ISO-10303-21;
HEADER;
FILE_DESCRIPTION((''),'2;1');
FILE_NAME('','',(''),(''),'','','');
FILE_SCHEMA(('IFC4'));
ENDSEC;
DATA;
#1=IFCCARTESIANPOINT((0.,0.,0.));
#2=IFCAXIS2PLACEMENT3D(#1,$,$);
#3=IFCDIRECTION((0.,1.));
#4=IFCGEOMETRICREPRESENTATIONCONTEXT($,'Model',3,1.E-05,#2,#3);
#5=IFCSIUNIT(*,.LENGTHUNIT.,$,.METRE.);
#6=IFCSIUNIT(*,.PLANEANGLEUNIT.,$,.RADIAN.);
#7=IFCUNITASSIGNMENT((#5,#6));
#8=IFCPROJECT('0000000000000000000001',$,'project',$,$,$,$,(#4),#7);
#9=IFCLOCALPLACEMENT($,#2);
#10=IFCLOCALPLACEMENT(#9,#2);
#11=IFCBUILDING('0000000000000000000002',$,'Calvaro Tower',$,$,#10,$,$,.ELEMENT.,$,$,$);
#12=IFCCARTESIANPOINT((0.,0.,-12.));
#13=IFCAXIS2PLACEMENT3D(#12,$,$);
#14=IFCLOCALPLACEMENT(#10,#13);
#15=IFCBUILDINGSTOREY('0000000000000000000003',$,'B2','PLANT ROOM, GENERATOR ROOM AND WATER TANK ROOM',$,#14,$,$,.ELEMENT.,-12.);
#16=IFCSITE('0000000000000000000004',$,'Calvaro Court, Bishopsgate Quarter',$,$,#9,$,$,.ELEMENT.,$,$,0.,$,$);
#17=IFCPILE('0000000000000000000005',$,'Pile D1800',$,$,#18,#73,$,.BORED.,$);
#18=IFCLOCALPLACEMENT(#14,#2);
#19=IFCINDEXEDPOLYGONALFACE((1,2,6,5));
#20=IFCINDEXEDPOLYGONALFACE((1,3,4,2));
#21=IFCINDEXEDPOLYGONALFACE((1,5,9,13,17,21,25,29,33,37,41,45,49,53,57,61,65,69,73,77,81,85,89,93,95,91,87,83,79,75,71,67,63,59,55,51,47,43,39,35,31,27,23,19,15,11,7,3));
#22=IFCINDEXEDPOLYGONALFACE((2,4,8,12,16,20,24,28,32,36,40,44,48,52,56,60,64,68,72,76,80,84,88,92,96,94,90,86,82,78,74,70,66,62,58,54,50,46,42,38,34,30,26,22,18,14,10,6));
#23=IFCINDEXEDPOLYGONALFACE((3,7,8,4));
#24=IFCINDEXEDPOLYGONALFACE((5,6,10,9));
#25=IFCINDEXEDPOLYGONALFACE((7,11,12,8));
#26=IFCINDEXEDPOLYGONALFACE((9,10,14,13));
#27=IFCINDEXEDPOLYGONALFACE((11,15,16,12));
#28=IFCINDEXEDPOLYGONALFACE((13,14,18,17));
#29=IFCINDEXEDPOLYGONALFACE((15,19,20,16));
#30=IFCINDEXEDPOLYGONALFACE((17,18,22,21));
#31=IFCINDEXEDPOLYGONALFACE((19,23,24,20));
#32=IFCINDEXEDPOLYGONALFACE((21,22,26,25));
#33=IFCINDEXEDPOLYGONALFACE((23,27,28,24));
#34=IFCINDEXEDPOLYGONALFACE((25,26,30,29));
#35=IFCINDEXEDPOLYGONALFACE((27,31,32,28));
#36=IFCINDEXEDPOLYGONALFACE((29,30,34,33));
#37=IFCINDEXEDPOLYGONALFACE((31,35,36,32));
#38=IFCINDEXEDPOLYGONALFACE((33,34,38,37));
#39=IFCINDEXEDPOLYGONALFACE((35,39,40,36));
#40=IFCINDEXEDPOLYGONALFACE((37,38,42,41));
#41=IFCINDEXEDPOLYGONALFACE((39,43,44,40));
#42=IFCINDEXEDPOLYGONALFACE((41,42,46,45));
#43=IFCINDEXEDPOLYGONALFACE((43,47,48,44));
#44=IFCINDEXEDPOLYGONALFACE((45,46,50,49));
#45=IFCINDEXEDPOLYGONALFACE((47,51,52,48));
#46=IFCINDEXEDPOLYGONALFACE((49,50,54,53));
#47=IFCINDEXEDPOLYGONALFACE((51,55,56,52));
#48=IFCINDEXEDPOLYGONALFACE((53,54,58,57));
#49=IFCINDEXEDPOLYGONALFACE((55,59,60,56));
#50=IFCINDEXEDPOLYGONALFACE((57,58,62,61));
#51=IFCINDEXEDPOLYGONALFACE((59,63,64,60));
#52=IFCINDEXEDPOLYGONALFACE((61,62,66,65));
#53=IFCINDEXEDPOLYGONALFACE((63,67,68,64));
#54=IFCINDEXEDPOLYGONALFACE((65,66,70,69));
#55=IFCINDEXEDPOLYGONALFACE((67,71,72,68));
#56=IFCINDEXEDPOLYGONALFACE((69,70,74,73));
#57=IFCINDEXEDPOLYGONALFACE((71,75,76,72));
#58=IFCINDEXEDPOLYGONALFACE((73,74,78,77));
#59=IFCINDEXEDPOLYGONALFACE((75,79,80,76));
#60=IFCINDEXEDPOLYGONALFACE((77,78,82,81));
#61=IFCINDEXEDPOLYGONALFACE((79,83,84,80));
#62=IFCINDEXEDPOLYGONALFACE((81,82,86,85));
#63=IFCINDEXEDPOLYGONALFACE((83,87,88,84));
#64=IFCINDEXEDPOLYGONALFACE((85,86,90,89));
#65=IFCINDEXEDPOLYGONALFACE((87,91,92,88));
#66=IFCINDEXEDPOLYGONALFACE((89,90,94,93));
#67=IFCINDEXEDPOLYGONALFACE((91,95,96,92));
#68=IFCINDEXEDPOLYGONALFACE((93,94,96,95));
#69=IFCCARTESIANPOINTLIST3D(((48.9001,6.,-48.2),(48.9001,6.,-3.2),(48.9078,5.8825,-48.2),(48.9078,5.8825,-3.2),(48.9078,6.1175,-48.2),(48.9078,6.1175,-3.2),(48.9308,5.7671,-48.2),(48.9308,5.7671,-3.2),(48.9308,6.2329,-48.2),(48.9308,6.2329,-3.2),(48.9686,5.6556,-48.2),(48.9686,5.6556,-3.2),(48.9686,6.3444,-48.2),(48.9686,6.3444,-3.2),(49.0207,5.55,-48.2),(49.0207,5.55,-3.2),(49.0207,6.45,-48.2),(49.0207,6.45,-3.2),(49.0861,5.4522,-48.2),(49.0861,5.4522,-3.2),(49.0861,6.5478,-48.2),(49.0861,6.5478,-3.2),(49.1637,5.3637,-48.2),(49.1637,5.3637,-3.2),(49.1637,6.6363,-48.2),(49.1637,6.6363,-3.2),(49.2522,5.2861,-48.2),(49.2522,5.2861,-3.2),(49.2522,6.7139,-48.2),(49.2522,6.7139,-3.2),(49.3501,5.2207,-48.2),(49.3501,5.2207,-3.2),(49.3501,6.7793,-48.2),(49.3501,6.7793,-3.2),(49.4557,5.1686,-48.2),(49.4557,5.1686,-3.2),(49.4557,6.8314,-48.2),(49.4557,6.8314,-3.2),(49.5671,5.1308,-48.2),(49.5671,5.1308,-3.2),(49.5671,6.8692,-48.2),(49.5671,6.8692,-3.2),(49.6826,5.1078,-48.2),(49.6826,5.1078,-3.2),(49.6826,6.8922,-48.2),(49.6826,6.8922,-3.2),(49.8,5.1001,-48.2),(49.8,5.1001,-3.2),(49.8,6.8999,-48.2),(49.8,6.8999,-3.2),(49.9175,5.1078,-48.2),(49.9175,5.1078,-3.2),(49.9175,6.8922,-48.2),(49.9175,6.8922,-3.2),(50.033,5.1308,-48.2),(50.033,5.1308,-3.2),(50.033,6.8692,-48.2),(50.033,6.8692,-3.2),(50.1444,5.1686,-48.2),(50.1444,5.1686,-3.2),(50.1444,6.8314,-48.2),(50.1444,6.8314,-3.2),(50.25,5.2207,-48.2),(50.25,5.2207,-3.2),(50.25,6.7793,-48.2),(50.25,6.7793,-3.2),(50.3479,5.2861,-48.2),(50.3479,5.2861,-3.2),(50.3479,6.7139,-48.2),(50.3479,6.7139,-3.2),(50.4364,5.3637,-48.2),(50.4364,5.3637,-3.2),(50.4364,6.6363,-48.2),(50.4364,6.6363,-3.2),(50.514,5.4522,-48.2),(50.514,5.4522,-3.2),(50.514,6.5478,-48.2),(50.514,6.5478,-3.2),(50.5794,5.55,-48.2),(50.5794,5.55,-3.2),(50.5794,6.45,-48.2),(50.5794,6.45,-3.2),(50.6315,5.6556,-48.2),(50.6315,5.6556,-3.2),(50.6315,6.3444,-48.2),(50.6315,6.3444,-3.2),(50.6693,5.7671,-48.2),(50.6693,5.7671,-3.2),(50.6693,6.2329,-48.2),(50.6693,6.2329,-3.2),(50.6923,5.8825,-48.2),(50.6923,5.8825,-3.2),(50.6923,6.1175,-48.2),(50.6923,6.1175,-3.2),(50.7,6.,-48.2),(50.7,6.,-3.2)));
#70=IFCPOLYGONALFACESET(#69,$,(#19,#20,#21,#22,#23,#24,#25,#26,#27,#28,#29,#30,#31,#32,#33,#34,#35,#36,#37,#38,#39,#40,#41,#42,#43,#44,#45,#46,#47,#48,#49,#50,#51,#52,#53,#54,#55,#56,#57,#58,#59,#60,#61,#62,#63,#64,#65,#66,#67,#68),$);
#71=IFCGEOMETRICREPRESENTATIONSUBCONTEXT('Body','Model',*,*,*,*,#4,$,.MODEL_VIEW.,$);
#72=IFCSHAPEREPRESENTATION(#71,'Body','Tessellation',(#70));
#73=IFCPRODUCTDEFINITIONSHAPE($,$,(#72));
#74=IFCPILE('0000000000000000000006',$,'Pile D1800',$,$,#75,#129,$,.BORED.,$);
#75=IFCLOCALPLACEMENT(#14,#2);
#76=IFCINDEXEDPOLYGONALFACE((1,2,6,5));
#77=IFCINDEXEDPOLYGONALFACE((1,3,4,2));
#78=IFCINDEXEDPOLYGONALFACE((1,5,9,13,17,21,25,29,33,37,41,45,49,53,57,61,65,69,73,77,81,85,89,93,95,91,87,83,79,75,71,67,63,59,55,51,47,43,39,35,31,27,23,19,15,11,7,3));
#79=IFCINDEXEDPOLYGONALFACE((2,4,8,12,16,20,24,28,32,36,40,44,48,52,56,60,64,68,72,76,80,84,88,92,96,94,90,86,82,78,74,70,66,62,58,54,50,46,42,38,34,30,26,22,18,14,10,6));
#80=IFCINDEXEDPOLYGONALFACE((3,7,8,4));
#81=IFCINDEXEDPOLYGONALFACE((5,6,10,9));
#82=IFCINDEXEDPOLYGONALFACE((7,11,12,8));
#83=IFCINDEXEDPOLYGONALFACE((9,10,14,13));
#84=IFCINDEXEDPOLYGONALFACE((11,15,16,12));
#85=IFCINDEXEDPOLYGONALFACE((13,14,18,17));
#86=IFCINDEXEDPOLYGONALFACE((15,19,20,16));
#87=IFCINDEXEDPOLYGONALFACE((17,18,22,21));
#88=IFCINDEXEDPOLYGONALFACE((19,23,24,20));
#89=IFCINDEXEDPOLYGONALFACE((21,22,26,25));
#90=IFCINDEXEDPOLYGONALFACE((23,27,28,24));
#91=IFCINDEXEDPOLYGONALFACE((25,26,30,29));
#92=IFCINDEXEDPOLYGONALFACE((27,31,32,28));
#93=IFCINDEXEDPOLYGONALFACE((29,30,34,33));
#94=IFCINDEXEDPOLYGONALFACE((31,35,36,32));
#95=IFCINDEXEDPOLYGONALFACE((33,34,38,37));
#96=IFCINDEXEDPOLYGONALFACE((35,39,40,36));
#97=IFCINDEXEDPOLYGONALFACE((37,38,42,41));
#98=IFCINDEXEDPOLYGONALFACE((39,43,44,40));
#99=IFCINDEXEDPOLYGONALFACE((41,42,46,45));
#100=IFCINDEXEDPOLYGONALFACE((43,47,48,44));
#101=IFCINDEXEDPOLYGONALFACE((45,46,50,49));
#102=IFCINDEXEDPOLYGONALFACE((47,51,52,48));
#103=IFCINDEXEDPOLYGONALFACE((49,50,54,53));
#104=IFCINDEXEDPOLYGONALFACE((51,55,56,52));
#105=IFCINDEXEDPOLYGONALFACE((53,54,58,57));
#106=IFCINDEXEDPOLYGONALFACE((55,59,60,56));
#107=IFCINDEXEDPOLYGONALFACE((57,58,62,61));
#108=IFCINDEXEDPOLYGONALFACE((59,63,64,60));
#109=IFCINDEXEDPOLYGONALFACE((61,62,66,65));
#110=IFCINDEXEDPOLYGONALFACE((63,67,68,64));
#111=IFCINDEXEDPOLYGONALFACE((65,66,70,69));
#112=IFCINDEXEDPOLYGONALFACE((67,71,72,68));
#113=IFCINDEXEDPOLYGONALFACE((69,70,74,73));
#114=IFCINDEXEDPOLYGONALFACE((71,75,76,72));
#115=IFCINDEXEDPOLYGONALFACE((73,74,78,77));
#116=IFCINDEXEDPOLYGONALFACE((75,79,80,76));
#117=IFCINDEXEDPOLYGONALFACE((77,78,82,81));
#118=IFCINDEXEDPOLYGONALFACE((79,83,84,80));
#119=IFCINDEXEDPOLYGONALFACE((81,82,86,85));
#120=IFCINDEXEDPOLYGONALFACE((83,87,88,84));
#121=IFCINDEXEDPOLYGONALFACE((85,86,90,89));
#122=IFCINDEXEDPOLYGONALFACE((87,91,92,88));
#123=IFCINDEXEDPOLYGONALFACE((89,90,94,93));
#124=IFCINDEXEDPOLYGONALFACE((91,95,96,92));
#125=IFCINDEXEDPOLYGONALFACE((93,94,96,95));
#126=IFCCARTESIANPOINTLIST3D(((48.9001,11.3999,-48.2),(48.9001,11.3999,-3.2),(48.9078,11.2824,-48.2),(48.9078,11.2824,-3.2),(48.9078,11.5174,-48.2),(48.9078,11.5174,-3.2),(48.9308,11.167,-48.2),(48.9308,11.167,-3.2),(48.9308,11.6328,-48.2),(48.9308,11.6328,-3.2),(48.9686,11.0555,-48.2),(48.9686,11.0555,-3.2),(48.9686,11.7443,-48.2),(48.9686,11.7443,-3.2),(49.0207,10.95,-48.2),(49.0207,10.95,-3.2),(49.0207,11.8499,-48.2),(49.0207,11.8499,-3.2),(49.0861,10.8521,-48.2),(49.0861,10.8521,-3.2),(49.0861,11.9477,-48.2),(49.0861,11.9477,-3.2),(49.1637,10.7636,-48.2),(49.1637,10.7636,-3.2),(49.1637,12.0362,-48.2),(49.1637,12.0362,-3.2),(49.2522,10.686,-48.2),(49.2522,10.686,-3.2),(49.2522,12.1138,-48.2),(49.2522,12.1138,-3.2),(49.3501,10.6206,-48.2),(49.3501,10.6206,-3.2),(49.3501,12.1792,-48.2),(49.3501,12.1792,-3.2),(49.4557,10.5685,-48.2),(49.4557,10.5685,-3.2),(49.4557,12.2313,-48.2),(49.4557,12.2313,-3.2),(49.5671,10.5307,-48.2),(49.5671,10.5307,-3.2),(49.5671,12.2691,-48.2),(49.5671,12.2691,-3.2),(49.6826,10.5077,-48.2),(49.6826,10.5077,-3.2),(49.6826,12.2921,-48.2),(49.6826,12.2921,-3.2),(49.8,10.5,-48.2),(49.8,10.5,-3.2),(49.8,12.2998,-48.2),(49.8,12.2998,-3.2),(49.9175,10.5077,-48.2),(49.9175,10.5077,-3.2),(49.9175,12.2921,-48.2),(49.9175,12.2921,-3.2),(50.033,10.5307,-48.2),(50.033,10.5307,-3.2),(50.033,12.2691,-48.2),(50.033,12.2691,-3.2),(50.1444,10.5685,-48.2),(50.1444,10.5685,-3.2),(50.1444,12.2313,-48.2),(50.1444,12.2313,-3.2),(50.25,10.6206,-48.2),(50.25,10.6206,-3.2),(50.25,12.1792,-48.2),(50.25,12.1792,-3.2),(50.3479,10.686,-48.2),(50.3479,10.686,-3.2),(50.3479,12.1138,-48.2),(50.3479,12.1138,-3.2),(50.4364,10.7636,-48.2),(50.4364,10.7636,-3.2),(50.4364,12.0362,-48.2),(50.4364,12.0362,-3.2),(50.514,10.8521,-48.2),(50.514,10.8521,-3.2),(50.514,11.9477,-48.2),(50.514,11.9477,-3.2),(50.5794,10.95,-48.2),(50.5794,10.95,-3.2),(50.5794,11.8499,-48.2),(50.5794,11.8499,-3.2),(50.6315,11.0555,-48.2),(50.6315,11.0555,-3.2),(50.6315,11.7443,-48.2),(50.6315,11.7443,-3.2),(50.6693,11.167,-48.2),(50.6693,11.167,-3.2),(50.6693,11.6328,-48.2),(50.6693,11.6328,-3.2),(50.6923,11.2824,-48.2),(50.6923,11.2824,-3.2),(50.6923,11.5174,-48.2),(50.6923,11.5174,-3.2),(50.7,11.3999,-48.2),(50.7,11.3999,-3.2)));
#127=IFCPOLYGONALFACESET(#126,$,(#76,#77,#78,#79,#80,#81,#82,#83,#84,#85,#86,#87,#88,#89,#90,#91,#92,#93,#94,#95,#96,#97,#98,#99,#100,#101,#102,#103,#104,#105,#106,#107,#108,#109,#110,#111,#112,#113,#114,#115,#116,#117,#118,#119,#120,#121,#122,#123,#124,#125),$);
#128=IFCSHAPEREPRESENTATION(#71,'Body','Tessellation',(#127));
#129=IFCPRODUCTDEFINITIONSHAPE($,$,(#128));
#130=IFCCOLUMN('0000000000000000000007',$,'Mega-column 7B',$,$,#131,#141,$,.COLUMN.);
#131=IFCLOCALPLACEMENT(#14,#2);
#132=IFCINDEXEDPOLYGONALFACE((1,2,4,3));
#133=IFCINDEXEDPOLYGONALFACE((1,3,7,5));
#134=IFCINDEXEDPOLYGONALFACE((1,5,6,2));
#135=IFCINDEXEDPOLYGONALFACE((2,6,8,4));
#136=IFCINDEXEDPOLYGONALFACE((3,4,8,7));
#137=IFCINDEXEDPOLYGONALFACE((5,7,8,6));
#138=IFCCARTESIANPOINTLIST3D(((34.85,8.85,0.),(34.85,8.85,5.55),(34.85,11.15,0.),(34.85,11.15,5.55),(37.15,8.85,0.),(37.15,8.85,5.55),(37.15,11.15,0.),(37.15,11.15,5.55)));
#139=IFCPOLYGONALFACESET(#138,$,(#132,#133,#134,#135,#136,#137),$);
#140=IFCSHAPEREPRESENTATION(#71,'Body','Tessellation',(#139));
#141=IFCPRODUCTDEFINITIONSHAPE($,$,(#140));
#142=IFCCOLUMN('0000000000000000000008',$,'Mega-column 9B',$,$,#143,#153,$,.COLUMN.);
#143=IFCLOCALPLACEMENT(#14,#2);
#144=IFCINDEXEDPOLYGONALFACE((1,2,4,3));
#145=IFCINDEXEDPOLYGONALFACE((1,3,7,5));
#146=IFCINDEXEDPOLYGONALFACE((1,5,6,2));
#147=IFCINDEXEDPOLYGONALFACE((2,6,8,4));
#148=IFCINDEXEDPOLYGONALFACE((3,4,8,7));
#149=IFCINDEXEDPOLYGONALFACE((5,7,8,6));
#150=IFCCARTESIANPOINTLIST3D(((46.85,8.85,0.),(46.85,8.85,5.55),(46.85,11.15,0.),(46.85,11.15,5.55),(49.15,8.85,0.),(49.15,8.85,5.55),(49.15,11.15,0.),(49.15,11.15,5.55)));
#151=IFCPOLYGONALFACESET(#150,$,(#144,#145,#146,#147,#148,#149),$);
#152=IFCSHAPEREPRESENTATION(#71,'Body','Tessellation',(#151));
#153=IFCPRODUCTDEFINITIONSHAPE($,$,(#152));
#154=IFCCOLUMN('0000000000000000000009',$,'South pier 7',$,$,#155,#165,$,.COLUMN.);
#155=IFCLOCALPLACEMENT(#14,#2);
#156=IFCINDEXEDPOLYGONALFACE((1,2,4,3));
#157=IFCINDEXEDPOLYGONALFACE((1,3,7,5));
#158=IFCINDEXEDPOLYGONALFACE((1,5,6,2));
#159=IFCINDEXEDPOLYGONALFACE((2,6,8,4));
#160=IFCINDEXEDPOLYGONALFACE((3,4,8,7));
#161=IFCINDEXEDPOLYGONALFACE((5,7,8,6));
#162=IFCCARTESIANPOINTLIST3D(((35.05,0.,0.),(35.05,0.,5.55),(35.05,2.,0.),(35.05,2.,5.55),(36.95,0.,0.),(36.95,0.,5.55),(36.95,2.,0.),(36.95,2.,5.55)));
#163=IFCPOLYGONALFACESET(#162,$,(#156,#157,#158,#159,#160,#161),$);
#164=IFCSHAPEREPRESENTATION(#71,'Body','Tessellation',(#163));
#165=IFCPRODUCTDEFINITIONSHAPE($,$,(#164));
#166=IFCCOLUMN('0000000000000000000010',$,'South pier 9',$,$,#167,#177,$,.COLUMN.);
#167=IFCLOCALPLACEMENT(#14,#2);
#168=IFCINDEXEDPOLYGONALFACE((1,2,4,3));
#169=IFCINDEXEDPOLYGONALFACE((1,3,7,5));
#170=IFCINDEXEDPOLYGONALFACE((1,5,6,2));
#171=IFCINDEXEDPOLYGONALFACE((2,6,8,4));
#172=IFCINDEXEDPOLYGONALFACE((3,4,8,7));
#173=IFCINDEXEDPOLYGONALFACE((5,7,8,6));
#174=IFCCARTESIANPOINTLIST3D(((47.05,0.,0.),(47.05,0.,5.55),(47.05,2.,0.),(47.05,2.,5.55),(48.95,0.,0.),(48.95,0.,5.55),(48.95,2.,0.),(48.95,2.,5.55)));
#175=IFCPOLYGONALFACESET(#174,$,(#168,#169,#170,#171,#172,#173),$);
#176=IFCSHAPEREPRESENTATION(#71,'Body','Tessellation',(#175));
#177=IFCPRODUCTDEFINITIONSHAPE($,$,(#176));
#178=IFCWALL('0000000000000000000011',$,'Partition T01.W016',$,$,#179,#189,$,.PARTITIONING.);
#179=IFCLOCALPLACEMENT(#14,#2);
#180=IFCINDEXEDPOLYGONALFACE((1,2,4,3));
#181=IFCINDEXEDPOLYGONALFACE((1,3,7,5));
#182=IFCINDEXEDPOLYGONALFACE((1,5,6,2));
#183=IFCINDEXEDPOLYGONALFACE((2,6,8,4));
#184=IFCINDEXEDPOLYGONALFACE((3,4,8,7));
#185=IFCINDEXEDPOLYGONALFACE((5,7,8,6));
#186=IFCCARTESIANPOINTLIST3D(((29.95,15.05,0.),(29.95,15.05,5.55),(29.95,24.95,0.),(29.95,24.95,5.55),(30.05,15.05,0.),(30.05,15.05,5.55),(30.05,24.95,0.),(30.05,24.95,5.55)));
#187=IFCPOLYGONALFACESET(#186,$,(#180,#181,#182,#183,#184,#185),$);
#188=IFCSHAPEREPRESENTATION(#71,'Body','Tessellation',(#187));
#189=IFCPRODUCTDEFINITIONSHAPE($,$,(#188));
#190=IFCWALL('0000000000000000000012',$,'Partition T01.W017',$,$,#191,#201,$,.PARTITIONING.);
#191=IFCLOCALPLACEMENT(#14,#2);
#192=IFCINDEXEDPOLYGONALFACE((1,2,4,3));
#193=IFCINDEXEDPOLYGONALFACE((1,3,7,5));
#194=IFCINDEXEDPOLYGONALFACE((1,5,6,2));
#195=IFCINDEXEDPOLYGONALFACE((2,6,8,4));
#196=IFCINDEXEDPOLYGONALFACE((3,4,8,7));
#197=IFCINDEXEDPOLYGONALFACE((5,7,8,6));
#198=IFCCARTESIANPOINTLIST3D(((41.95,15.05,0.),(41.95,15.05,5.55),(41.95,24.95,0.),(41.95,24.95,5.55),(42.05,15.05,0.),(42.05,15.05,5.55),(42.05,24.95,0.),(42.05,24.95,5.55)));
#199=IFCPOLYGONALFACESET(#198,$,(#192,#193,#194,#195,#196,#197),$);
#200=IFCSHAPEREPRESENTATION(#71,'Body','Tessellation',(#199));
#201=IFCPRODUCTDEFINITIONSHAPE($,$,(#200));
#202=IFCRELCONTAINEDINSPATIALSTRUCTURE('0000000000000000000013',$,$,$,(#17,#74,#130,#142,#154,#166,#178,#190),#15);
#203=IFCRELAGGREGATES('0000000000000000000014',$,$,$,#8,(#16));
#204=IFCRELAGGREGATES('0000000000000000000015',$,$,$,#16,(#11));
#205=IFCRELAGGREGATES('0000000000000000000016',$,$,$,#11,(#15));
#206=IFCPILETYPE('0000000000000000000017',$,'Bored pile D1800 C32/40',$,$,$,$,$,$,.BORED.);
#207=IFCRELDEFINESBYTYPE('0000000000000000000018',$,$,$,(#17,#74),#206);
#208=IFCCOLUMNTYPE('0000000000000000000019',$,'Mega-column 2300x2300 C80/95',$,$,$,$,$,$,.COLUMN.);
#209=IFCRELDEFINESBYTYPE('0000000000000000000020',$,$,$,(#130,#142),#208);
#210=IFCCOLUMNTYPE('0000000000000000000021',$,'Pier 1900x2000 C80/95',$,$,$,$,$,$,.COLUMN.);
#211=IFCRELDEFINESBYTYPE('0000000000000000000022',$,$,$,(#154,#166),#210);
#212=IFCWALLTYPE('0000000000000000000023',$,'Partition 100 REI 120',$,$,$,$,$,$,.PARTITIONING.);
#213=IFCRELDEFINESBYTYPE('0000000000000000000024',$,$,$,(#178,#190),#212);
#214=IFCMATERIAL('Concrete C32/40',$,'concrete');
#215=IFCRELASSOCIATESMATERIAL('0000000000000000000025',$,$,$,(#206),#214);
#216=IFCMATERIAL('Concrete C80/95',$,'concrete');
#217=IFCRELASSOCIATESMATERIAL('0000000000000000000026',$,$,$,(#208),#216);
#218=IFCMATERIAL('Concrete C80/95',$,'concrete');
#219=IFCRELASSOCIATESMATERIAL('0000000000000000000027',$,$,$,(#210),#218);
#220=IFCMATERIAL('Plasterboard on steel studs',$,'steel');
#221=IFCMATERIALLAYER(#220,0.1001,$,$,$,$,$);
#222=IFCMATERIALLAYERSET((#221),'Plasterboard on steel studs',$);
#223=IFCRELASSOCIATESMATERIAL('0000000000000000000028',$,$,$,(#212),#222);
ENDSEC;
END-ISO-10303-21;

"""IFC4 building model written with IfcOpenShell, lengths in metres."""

from ifc_helpers import new_model, si_unit, direction, frame, frame_2d, origin, origin_2d, place, context, subcontext, project, spatial, rectangle, circle, extrude, material, layer, layer_set, material_profile, profile_set, type_object, element, save


model = new_model("IFC4")

# Units and contexts
model_context = context("Model", 3, precision=1e-05, world=origin(), true_north=direction((0.0, 1.0)))
body_context = subcontext(model_context, "Body", "Model", "MODEL_VIEW")
ifc_project = project(units=[si_unit("LENGTHUNIT", "METRE"), si_unit("PLANEANGLEUNIT", "RADIAN")], contexts=[model_context])

# Site, building, storey
site_placement = place(None, origin())
site = spatial("IfcSite", under=ifc_project, at=site_placement, Name="Calvaro Court, Bishopsgate Quarter", CompositionType="ELEMENT", RefElevation=0.0)
building_placement = place(site_placement, origin())
building = spatial("IfcBuilding", under=site, at=building_placement, Name="Calvaro Tower", CompositionType="ELEMENT")
storey_placement = place(building_placement, frame((0.0, 0.0, -12.0)))
storey = spatial("IfcBuildingStorey", under=building, at=storey_placement, Name="B2", Description="PLANT ROOM, GENERATOR ROOM AND WATER TANK ROOM", CompositionType="ELEMENT", Elevation=-12.0)

# Piles
ifc_material_1 = material(Name="Concrete C32/40", Category="concrete")
ifc_material_profile_1 = material_profile(ifc_material_1, circle(Radius=0.8999, at=origin_2d()), Name="Bored pile D1800")
ifc_profile_set_1 = profile_set([ifc_material_profile_1], Name="Concrete C32/40")
pile_type = type_object("IfcPileType", Name="Bored pile D1800 C32/40", PredefinedType="BORED", material=ifc_profile_set_1)
for number, where, z_axis, x_axis, name in (
    (1, (49.8, 6.0, -3.2), (0.0, 0.0, -1.0), (1.0, 0.0, 0.0), "Pile D1800"),
    (2, (49.8, 11.3999, -3.2), (0.0, 0.0, -1.0), (1.0, 0.0, 0.0), "Pile D1800"),
):
    element("IfcPile", number, at=place(storey_placement, frame(where, z_axis=z_axis, x_axis=x_axis)), inside=storey, type_object=pile_type, Name=name, PredefinedType="BORED", context=body_context, shape_type="SweptSolid", body=[
        extrude(circle(Radius=0.8999, at=origin_2d()), origin(), (0.0, 0.0, 1.0), 45.0),
    ])

# Columns
ifc_material_2 = material(Name="Concrete C80/95", Category="concrete")
ifc_material_profile_2 = material_profile(ifc_material_2, rectangle(XDim=2.3, YDim=2.3, at=origin_2d()), Name="RC 2300x2300")
ifc_profile_set_2 = profile_set([ifc_material_profile_2], Name="Concrete C80/95")
column_type_1 = type_object("IfcColumnType", Name="Mega-column 2300x2300 C80/95", PredefinedType="COLUMN", material=ifc_profile_set_2)
for number, where, z_axis, x_axis, name in (
    (3, (36.0, 10.0, 0.0), (0.0, 0.0, 1.0), (1.0, 0.0, 0.0), "Mega-column 7B"),
    (4, (48.0, 10.0, 0.0), (0.0, 0.0, 1.0), (1.0, 0.0, 0.0), "Mega-column 9B"),
):
    element("IfcColumn", number, at=place(storey_placement, frame(where, z_axis=z_axis, x_axis=x_axis)), inside=storey, type_object=column_type_1, Name=name, PredefinedType="COLUMN", context=body_context, shape_type="SweptSolid", body=[
        extrude(rectangle(XDim=2.3, YDim=2.3, at=origin_2d()), origin(), (0.0, 0.0, 1.0), 5.55),
    ])
ifc_material_3 = material(Name="Concrete C80/95", Category="concrete")
ifc_material_profile_3 = material_profile(ifc_material_3, rectangle(XDim=1.8999, YDim=2.0, at=origin_2d()), Name="RC 1900x2000")
ifc_profile_set_3 = profile_set([ifc_material_profile_3], Name="Concrete C80/95")
column_type_2 = type_object("IfcColumnType", Name="Pier 1900x2000 C80/95", PredefinedType="COLUMN", material=ifc_profile_set_3)
for number, where, z_axis, x_axis, name in (
    (5, (36.0, 1.0, 0.0), (0.0, 0.0, 1.0), (1.0, 0.0, 0.0), "South pier 7"),
    (6, (48.0, 1.0, 0.0), (0.0, 0.0, 1.0), (1.0, 0.0, 0.0), "South pier 9"),
):
    element("IfcColumn", number, at=place(storey_placement, frame(where, z_axis=z_axis, x_axis=x_axis)), inside=storey, type_object=column_type_2, Name=name, PredefinedType="COLUMN", context=body_context, shape_type="SweptSolid", body=[
        extrude(rectangle(XDim=1.8999, YDim=2.0, at=origin_2d()), origin(), (0.0, 0.0, 1.0), 5.55),
    ])

# Walls
ifc_material_4 = material(Name="Plasterboard on steel studs", Category="steel")
ifc_layer = layer(ifc_material_4, 0.1001)
ifc_layer_set = layer_set([ifc_layer], Name="Plasterboard on steel studs")
wall_type = type_object("IfcWallType", Name="Partition 100 REI 120", PredefinedType="PARTITIONING", material=ifc_layer_set)
for number, where, z_axis, x_axis, name in (
    (7, (30.0, 15.05, 0.0), (0.0, 0.0, 1.0), (0.0, 1.0, 0.0), "Partition T01.W016"),
    (8, (42.0, 15.05, 0.0), (0.0, 0.0, 1.0), (0.0, 1.0, 0.0), "Partition T01.W017"),
):
    element("IfcWall", number, at=place(storey_placement, frame(where, z_axis=z_axis, x_axis=x_axis)), inside=storey, type_object=wall_type, Name=name, PredefinedType="PARTITIONING", context=body_context, shape_type="SweptSolid", body=[
        extrude(rectangle(XDim=9.8999, YDim=0.1001, at=frame_2d((4.95, 0.0))), origin(), (0.0, 0.0, 1.0), 5.55),
    ])

save(model, "model.ifc")
